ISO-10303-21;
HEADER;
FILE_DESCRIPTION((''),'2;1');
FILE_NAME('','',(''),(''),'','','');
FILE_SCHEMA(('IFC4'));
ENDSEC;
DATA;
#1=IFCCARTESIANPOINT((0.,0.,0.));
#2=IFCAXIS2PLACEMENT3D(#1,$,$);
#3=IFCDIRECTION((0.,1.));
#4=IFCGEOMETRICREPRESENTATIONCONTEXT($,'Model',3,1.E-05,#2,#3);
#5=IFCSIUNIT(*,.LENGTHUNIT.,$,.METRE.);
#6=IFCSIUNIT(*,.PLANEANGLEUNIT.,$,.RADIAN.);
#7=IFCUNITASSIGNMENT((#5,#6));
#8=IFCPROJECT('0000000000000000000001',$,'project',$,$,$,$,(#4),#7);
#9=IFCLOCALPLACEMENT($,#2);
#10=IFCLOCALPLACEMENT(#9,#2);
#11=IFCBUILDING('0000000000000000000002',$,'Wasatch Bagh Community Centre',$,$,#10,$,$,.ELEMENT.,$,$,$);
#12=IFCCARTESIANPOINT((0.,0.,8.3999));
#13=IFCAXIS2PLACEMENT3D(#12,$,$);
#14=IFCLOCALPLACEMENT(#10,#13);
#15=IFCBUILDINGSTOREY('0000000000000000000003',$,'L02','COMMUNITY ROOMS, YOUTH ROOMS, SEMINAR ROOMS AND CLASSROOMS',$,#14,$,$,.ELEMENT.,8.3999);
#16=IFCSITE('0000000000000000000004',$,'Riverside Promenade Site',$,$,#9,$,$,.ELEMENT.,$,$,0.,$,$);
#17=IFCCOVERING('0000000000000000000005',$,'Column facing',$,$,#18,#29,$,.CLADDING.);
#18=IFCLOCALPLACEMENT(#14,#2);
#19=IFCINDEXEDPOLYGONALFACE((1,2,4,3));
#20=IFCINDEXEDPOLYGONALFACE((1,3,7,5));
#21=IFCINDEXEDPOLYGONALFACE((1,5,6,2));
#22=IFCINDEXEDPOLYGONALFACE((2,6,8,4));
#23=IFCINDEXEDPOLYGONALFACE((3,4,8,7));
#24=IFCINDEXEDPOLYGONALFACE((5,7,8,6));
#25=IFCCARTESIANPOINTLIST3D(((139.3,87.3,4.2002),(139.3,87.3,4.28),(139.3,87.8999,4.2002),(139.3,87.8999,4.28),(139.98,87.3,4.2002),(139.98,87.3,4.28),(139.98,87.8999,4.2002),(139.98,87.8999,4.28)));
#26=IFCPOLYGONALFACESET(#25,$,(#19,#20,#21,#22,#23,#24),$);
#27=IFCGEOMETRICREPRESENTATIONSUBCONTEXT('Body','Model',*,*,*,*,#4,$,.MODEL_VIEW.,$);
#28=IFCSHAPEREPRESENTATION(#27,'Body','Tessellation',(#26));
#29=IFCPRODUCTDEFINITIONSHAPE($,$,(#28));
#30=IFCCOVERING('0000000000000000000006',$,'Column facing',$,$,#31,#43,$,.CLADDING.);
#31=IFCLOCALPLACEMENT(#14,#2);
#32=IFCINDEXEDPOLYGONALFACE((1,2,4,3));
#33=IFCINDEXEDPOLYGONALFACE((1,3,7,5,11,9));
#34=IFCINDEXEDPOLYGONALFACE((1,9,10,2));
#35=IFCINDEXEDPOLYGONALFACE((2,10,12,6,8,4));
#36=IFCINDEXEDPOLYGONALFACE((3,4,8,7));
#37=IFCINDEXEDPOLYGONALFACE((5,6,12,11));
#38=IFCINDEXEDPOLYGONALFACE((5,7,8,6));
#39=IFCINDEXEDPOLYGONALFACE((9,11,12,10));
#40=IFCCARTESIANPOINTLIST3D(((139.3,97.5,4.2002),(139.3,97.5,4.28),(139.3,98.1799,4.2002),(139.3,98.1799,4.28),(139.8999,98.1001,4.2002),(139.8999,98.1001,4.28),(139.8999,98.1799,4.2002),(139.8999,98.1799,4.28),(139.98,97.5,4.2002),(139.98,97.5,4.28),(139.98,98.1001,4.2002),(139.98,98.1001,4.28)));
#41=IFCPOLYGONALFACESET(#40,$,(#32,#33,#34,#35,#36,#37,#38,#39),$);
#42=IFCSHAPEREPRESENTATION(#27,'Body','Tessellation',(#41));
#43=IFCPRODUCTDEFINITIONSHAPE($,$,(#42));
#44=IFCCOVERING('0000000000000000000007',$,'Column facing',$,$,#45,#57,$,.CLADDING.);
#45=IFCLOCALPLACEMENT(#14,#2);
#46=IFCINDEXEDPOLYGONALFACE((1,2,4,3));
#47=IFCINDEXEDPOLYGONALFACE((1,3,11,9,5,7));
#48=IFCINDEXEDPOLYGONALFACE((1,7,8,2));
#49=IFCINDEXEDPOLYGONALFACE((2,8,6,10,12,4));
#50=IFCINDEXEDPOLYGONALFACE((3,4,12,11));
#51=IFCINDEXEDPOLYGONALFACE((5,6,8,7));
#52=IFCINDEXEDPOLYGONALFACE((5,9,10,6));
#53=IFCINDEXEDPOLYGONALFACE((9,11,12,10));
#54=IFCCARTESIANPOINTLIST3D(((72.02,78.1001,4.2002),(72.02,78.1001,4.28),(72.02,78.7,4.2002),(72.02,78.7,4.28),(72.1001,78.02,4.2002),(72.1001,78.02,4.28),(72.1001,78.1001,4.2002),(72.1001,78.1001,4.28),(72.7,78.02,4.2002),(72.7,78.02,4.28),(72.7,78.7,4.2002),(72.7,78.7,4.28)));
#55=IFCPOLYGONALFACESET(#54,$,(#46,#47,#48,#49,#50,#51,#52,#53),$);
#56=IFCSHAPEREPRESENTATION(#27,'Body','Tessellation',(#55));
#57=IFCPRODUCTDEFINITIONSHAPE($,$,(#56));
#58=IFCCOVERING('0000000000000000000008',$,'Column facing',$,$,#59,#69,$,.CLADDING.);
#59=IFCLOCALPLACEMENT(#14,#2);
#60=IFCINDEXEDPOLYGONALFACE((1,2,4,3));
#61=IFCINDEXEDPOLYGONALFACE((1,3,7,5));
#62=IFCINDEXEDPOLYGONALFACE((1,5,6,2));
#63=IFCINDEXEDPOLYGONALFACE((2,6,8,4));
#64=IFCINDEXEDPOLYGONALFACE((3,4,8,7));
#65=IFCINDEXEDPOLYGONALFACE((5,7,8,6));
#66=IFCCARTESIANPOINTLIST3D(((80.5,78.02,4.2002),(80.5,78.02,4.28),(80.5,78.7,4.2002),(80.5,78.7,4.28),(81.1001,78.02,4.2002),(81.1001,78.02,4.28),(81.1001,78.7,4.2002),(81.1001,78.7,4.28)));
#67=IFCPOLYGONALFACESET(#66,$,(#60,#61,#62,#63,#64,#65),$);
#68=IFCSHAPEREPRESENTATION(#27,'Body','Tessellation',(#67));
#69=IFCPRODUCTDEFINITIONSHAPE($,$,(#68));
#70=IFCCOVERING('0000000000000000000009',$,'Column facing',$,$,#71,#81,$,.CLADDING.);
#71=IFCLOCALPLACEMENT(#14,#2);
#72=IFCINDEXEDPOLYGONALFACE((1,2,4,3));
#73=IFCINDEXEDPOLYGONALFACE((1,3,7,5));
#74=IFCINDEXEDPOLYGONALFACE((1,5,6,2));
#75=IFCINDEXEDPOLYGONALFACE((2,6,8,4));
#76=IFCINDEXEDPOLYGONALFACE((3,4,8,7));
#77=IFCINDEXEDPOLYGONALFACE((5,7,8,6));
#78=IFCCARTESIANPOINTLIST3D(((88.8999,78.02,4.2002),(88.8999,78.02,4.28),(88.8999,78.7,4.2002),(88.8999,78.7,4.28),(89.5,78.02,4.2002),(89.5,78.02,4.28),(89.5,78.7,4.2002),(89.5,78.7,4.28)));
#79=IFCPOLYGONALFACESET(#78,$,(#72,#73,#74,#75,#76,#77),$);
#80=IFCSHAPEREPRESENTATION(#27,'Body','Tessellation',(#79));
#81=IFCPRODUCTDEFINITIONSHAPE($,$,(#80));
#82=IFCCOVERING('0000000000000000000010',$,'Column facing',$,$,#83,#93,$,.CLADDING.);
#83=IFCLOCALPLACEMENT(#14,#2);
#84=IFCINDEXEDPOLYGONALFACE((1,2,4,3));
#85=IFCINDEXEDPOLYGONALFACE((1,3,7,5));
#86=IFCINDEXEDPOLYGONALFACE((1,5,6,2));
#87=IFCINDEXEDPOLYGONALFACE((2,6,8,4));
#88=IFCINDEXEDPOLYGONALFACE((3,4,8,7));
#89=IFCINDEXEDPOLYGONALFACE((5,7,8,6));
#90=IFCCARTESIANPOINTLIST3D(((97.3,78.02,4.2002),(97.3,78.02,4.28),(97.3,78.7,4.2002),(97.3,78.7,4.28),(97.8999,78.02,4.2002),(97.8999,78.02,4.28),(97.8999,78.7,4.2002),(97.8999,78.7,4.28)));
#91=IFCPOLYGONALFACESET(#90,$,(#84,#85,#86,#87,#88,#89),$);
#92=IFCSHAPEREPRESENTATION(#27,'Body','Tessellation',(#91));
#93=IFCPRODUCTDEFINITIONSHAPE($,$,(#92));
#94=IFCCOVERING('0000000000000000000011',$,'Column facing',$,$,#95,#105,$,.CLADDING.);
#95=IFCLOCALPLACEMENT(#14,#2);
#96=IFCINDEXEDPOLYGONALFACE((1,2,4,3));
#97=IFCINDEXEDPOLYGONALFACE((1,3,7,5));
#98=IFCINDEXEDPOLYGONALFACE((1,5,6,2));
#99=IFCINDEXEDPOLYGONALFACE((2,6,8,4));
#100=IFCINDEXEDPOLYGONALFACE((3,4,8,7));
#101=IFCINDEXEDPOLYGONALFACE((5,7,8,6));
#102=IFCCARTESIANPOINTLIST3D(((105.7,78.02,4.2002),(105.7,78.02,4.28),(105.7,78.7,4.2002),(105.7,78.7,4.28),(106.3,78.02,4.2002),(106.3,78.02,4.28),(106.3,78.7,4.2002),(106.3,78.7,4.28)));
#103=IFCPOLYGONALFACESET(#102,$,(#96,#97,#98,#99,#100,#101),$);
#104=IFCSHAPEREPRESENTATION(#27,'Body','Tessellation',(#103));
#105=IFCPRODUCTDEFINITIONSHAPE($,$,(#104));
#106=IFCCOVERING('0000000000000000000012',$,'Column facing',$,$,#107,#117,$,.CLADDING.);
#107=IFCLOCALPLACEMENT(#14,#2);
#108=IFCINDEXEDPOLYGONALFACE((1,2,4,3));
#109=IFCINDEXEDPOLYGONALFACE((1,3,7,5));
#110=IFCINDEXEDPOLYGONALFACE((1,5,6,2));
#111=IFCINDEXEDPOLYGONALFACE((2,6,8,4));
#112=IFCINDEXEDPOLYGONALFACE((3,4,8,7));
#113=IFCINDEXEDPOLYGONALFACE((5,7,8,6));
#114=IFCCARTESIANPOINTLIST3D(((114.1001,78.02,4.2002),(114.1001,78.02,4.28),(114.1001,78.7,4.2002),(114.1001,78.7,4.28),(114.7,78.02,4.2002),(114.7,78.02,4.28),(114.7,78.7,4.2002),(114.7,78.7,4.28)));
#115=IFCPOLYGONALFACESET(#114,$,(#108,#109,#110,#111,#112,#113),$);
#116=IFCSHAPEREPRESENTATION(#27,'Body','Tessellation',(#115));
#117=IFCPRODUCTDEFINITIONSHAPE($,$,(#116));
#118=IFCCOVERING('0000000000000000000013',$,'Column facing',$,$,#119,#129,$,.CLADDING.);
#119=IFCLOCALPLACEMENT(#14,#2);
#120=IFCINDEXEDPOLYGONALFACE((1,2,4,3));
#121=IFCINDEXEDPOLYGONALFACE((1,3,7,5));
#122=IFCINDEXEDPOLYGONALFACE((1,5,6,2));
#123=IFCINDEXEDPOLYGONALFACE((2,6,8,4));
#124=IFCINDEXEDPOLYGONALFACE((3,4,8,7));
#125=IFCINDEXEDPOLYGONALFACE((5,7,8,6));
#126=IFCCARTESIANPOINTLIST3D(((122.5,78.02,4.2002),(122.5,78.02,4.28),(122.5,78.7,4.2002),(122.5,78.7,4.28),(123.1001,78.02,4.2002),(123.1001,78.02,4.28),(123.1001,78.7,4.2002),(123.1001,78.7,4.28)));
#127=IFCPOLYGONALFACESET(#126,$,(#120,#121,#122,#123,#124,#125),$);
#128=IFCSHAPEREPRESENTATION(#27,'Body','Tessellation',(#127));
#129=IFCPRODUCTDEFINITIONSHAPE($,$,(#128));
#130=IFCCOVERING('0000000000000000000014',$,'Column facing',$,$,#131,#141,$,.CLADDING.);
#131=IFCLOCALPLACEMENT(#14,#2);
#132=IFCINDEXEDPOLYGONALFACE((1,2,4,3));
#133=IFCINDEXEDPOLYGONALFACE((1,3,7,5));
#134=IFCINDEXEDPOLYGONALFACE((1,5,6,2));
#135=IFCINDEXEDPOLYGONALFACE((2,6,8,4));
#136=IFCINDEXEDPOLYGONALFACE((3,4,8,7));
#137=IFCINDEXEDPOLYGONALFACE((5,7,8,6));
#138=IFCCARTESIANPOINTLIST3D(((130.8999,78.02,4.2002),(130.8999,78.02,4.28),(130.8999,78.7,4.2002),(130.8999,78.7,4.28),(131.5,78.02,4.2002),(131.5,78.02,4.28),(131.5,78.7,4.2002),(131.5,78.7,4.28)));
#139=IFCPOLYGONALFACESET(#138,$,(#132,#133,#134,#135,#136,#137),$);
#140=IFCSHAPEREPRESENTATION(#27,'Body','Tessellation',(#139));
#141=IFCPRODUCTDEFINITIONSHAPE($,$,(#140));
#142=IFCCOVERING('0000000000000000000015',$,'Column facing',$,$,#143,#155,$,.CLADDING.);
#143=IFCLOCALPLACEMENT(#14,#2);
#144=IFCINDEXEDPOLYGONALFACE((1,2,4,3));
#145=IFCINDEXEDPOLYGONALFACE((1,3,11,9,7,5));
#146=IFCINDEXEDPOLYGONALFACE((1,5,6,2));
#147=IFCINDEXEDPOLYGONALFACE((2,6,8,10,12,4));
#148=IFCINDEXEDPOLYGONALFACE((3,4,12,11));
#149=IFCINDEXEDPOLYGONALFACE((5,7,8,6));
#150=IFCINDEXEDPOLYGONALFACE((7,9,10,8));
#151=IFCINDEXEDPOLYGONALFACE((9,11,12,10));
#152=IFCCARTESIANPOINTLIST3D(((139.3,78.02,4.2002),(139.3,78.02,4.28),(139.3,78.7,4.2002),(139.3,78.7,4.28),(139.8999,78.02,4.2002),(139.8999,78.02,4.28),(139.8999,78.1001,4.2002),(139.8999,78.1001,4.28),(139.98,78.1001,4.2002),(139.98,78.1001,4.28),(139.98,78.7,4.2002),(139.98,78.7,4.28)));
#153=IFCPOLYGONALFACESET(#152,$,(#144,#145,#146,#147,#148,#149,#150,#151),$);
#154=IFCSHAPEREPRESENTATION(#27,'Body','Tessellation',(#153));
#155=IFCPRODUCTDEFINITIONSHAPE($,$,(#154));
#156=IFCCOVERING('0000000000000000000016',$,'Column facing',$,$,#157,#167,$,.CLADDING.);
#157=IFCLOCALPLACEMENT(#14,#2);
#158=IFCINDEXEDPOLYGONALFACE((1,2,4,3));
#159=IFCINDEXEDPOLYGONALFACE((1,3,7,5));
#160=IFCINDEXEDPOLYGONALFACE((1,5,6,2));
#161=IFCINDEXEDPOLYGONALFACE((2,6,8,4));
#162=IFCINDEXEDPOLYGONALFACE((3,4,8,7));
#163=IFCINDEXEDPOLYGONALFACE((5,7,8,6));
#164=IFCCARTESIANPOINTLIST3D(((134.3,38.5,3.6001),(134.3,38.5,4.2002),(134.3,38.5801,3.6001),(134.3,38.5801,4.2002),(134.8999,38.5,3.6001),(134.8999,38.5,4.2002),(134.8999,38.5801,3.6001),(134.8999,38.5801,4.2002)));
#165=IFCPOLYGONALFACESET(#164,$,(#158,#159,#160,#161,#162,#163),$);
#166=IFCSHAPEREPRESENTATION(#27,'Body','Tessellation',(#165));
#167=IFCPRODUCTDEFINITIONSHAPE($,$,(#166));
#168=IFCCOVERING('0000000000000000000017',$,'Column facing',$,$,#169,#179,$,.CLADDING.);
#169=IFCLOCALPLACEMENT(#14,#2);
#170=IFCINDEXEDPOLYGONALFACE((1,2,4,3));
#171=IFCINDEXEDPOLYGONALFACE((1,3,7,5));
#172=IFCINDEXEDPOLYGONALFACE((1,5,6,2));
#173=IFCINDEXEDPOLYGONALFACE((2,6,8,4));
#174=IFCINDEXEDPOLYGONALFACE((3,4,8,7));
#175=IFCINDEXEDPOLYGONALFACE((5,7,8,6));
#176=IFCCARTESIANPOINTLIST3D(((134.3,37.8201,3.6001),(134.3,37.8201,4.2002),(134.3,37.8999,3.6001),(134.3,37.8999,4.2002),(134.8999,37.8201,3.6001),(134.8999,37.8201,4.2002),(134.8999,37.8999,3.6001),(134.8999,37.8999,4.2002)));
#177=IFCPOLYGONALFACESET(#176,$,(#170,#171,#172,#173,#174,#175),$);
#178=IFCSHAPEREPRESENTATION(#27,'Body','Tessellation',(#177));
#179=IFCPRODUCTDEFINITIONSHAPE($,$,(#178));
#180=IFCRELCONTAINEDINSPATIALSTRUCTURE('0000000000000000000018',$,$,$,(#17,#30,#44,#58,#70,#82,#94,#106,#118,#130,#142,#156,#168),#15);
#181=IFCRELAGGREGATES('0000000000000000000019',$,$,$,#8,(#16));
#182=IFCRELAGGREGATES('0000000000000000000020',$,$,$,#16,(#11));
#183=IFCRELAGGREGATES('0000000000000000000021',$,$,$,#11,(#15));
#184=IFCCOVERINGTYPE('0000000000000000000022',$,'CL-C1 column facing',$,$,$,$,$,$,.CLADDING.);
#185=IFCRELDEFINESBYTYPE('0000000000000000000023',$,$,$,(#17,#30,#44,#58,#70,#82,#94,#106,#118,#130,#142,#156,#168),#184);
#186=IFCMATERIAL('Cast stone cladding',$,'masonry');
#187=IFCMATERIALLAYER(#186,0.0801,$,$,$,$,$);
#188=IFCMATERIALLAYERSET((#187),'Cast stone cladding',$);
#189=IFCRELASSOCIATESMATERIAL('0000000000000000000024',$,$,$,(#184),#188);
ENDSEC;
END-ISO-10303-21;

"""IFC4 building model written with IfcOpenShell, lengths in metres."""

from ifc_helpers import new_model, si_unit, direction, frame, origin, place, context, subcontext, project, spatial, polyline, outline, extrude, material, layer, layer_set, type_object, element, save


model = new_model("IFC4")

# Units and contexts
model_context = context("Model", 3, precision=1e-05, world=origin(), true_north=direction((0.0, 1.0)))
body_context = subcontext(model_context, "Body", "Model", "MODEL_VIEW")
ifc_project = project(units=[si_unit("LENGTHUNIT", "METRE"), si_unit("PLANEANGLEUNIT", "RADIAN")], contexts=[model_context])

# Site, building, storey
site_placement = place(None, origin())
site = spatial("IfcSite", under=ifc_project, at=site_placement, Name="Riverside Promenade Site", CompositionType="ELEMENT", RefElevation=0.0)
building_placement = place(site_placement, origin())
building = spatial("IfcBuilding", under=site, at=building_placement, Name="Wasatch Bagh Community Centre", CompositionType="ELEMENT")
storey_placement = place(building_placement, frame((0.0, 0.0, 8.3999)))
storey = spatial("IfcBuildingStorey", under=building, at=storey_placement, Name="L02", Description="COMMUNITY ROOMS, YOUTH ROOMS, SEMINAR ROOMS AND CLASSROOMS", CompositionType="ELEMENT", Elevation=8.3999)

# Coverings
ifc_material = material(Name="Cast stone cladding", Category="masonry")
ifc_layer = layer(ifc_material, 0.0801)
ifc_layer_set = layer_set([ifc_layer], Name="Cast stone cladding")
covering_type = type_object("IfcCoveringType", Name="CL-C1 column facing", PredefinedType="CLADDING", material=ifc_layer_set)
covering_1_placement = place(storey_placement, frame((0.0, 0.0, 4.2002)))
element("IfcCovering", 1, at=covering_1_placement, inside=storey, type_object=covering_type, Name="Column facing", PredefinedType="CLADDING", context=body_context, shape_type="SweptSolid", body=[
    extrude(outline(polyline([(139.3, 87.3), (139.3, 87.8999), (139.98, 87.8999), (139.98, 87.3), (139.3, 87.3)])), origin(), (0.0, 0.0, 1.0), 0.0798),
])
covering_2_placement = place(storey_placement, frame((0.0, 0.0, 4.2002)))
element("IfcCovering", 2, at=covering_2_placement, inside=storey, type_object=covering_type, Name="Column facing", PredefinedType="CLADDING", context=body_context, shape_type="SweptSolid", body=[
    extrude(outline(polyline([(139.3, 97.5), (139.3, 98.1799), (139.8999, 98.1799), (139.8999, 98.1001), (139.98, 98.1001), (139.98, 97.5), (139.3, 97.5)])), origin(), (0.0, 0.0, 1.0), 0.0798),
])
covering_3_placement = place(storey_placement, frame((0.0, 0.0, 4.2002)))
element("IfcCovering", 3, at=covering_3_placement, inside=storey, type_object=covering_type, Name="Column facing", PredefinedType="CLADDING", context=body_context, shape_type="SweptSolid", body=[
    extrude(outline(polyline([(72.7, 78.02), (72.1001, 78.02), (72.1001, 78.1001), (72.02, 78.1001), (72.02, 78.7), (72.7, 78.7), (72.7, 78.02)])), origin(), (0.0, 0.0, 1.0), 0.0798),
])
covering_4_placement = place(storey_placement, frame((0.0, 0.0, 4.2002)))
element("IfcCovering", 4, at=covering_4_placement, inside=storey, type_object=covering_type, Name="Column facing", PredefinedType="CLADDING", context=body_context, shape_type="SweptSolid", body=[
    extrude(outline(polyline([(81.1001, 78.02), (80.5, 78.02), (80.5, 78.7), (81.1001, 78.7), (81.1001, 78.02)])), origin(), (0.0, 0.0, 1.0), 0.0798),
])
covering_5_placement = place(storey_placement, frame((0.0, 0.0, 4.2002)))
element("IfcCovering", 5, at=covering_5_placement, inside=storey, type_object=covering_type, Name="Column facing", PredefinedType="CLADDING", context=body_context, shape_type="SweptSolid", body=[
    extrude(outline(polyline([(89.5, 78.02), (88.8999, 78.02), (88.8999, 78.7), (89.5, 78.7), (89.5, 78.02)])), origin(), (0.0, 0.0, 1.0), 0.0798),
])
covering_6_placement = place(storey_placement, frame((0.0, 0.0, 4.2002)))
element("IfcCovering", 6, at=covering_6_placement, inside=storey, type_object=covering_type, Name="Column facing", PredefinedType="CLADDING", context=body_context, shape_type="SweptSolid", body=[
    extrude(outline(polyline([(97.8999, 78.02), (97.3, 78.02), (97.3, 78.7), (97.8999, 78.7), (97.8999, 78.02)])), origin(), (0.0, 0.0, 1.0), 0.0798),
])
covering_7_placement = place(storey_placement, frame((0.0, 0.0, 4.2002)))
element("IfcCovering", 7, at=covering_7_placement, inside=storey, type_object=covering_type, Name="Column facing", PredefinedType="CLADDING", context=body_context, shape_type="SweptSolid", body=[
    extrude(outline(polyline([(106.3, 78.02), (105.7, 78.02), (105.7, 78.7), (106.3, 78.7), (106.3, 78.02)])), origin(), (0.0, 0.0, 1.0), 0.0798),
])
covering_8_placement = place(storey_placement, frame((0.0, 0.0, 4.2002)))
element("IfcCovering", 8, at=covering_8_placement, inside=storey, type_object=covering_type, Name="Column facing", PredefinedType="CLADDING", context=body_context, shape_type="SweptSolid", body=[
    extrude(outline(polyline([(114.7, 78.02), (114.1001, 78.02), (114.1001, 78.7), (114.7, 78.7), (114.7, 78.02)])), origin(), (0.0, 0.0, 1.0), 0.0798),
])
covering_9_placement = place(storey_placement, frame((0.0, 0.0, 4.2002)))
element("IfcCovering", 9, at=covering_9_placement, inside=storey, type_object=covering_type, Name="Column facing", PredefinedType="CLADDING", context=body_context, shape_type="SweptSolid", body=[
    extrude(outline(polyline([(123.1001, 78.02), (122.5, 78.02), (122.5, 78.7), (123.1001, 78.7), (123.1001, 78.02)])), origin(), (0.0, 0.0, 1.0), 0.0798),
])
covering_10_placement = place(storey_placement, frame((0.0, 0.0, 4.2002)))
element("IfcCovering", 10, at=covering_10_placement, inside=storey, type_object=covering_type, Name="Column facing", PredefinedType="CLADDING", context=body_context, shape_type="SweptSolid", body=[
    extrude(outline(polyline([(131.5, 78.02), (130.8999, 78.02), (130.8999, 78.7), (131.5, 78.7), (131.5, 78.02)])), origin(), (0.0, 0.0, 1.0), 0.0798),
])
covering_11_placement = place(storey_placement, frame((0.0, 0.0, 4.2002)))
element("IfcCovering", 11, at=covering_11_placement, inside=storey, type_object=covering_type, Name="Column facing", PredefinedType="CLADDING", context=body_context, shape_type="SweptSolid", body=[
    extrude(outline(polyline([(139.8999, 78.02), (139.3, 78.02), (139.3, 78.7), (139.98, 78.7), (139.98, 78.1001), (139.8999, 78.1001), (139.8999, 78.02)])), origin(), (0.0, 0.0, 1.0), 0.0798),
])
covering_12_placement = place(storey_placement, frame((0.0, 0.0, 3.6001)))
element("IfcCovering", 12, at=covering_12_placement, inside=storey, type_object=covering_type, Name="Column facing", PredefinedType="CLADDING", context=body_context, shape_type="SweptSolid", body=[
    extrude(outline(polyline([(134.3, 38.5), (134.3, 38.5801), (134.8999, 38.5801), (134.8999, 38.5), (134.3, 38.5)])), origin(), (0.0, 0.0, 1.0), 0.6001),
])
covering_13_placement = place(storey_placement, frame((0.0, 0.0, 3.6001)))
element("IfcCovering", 13, at=covering_13_placement, inside=storey, type_object=covering_type, Name="Column facing", PredefinedType="CLADDING", context=body_context, shape_type="SweptSolid", body=[
    extrude(outline(polyline([(134.8999, 37.8999), (134.8999, 37.8201), (134.3, 37.8201), (134.3, 37.8999), (134.8999, 37.8999)])), origin(), (0.0, 0.0, 1.0), 0.6001),
])

save(model, "model.ifc")
